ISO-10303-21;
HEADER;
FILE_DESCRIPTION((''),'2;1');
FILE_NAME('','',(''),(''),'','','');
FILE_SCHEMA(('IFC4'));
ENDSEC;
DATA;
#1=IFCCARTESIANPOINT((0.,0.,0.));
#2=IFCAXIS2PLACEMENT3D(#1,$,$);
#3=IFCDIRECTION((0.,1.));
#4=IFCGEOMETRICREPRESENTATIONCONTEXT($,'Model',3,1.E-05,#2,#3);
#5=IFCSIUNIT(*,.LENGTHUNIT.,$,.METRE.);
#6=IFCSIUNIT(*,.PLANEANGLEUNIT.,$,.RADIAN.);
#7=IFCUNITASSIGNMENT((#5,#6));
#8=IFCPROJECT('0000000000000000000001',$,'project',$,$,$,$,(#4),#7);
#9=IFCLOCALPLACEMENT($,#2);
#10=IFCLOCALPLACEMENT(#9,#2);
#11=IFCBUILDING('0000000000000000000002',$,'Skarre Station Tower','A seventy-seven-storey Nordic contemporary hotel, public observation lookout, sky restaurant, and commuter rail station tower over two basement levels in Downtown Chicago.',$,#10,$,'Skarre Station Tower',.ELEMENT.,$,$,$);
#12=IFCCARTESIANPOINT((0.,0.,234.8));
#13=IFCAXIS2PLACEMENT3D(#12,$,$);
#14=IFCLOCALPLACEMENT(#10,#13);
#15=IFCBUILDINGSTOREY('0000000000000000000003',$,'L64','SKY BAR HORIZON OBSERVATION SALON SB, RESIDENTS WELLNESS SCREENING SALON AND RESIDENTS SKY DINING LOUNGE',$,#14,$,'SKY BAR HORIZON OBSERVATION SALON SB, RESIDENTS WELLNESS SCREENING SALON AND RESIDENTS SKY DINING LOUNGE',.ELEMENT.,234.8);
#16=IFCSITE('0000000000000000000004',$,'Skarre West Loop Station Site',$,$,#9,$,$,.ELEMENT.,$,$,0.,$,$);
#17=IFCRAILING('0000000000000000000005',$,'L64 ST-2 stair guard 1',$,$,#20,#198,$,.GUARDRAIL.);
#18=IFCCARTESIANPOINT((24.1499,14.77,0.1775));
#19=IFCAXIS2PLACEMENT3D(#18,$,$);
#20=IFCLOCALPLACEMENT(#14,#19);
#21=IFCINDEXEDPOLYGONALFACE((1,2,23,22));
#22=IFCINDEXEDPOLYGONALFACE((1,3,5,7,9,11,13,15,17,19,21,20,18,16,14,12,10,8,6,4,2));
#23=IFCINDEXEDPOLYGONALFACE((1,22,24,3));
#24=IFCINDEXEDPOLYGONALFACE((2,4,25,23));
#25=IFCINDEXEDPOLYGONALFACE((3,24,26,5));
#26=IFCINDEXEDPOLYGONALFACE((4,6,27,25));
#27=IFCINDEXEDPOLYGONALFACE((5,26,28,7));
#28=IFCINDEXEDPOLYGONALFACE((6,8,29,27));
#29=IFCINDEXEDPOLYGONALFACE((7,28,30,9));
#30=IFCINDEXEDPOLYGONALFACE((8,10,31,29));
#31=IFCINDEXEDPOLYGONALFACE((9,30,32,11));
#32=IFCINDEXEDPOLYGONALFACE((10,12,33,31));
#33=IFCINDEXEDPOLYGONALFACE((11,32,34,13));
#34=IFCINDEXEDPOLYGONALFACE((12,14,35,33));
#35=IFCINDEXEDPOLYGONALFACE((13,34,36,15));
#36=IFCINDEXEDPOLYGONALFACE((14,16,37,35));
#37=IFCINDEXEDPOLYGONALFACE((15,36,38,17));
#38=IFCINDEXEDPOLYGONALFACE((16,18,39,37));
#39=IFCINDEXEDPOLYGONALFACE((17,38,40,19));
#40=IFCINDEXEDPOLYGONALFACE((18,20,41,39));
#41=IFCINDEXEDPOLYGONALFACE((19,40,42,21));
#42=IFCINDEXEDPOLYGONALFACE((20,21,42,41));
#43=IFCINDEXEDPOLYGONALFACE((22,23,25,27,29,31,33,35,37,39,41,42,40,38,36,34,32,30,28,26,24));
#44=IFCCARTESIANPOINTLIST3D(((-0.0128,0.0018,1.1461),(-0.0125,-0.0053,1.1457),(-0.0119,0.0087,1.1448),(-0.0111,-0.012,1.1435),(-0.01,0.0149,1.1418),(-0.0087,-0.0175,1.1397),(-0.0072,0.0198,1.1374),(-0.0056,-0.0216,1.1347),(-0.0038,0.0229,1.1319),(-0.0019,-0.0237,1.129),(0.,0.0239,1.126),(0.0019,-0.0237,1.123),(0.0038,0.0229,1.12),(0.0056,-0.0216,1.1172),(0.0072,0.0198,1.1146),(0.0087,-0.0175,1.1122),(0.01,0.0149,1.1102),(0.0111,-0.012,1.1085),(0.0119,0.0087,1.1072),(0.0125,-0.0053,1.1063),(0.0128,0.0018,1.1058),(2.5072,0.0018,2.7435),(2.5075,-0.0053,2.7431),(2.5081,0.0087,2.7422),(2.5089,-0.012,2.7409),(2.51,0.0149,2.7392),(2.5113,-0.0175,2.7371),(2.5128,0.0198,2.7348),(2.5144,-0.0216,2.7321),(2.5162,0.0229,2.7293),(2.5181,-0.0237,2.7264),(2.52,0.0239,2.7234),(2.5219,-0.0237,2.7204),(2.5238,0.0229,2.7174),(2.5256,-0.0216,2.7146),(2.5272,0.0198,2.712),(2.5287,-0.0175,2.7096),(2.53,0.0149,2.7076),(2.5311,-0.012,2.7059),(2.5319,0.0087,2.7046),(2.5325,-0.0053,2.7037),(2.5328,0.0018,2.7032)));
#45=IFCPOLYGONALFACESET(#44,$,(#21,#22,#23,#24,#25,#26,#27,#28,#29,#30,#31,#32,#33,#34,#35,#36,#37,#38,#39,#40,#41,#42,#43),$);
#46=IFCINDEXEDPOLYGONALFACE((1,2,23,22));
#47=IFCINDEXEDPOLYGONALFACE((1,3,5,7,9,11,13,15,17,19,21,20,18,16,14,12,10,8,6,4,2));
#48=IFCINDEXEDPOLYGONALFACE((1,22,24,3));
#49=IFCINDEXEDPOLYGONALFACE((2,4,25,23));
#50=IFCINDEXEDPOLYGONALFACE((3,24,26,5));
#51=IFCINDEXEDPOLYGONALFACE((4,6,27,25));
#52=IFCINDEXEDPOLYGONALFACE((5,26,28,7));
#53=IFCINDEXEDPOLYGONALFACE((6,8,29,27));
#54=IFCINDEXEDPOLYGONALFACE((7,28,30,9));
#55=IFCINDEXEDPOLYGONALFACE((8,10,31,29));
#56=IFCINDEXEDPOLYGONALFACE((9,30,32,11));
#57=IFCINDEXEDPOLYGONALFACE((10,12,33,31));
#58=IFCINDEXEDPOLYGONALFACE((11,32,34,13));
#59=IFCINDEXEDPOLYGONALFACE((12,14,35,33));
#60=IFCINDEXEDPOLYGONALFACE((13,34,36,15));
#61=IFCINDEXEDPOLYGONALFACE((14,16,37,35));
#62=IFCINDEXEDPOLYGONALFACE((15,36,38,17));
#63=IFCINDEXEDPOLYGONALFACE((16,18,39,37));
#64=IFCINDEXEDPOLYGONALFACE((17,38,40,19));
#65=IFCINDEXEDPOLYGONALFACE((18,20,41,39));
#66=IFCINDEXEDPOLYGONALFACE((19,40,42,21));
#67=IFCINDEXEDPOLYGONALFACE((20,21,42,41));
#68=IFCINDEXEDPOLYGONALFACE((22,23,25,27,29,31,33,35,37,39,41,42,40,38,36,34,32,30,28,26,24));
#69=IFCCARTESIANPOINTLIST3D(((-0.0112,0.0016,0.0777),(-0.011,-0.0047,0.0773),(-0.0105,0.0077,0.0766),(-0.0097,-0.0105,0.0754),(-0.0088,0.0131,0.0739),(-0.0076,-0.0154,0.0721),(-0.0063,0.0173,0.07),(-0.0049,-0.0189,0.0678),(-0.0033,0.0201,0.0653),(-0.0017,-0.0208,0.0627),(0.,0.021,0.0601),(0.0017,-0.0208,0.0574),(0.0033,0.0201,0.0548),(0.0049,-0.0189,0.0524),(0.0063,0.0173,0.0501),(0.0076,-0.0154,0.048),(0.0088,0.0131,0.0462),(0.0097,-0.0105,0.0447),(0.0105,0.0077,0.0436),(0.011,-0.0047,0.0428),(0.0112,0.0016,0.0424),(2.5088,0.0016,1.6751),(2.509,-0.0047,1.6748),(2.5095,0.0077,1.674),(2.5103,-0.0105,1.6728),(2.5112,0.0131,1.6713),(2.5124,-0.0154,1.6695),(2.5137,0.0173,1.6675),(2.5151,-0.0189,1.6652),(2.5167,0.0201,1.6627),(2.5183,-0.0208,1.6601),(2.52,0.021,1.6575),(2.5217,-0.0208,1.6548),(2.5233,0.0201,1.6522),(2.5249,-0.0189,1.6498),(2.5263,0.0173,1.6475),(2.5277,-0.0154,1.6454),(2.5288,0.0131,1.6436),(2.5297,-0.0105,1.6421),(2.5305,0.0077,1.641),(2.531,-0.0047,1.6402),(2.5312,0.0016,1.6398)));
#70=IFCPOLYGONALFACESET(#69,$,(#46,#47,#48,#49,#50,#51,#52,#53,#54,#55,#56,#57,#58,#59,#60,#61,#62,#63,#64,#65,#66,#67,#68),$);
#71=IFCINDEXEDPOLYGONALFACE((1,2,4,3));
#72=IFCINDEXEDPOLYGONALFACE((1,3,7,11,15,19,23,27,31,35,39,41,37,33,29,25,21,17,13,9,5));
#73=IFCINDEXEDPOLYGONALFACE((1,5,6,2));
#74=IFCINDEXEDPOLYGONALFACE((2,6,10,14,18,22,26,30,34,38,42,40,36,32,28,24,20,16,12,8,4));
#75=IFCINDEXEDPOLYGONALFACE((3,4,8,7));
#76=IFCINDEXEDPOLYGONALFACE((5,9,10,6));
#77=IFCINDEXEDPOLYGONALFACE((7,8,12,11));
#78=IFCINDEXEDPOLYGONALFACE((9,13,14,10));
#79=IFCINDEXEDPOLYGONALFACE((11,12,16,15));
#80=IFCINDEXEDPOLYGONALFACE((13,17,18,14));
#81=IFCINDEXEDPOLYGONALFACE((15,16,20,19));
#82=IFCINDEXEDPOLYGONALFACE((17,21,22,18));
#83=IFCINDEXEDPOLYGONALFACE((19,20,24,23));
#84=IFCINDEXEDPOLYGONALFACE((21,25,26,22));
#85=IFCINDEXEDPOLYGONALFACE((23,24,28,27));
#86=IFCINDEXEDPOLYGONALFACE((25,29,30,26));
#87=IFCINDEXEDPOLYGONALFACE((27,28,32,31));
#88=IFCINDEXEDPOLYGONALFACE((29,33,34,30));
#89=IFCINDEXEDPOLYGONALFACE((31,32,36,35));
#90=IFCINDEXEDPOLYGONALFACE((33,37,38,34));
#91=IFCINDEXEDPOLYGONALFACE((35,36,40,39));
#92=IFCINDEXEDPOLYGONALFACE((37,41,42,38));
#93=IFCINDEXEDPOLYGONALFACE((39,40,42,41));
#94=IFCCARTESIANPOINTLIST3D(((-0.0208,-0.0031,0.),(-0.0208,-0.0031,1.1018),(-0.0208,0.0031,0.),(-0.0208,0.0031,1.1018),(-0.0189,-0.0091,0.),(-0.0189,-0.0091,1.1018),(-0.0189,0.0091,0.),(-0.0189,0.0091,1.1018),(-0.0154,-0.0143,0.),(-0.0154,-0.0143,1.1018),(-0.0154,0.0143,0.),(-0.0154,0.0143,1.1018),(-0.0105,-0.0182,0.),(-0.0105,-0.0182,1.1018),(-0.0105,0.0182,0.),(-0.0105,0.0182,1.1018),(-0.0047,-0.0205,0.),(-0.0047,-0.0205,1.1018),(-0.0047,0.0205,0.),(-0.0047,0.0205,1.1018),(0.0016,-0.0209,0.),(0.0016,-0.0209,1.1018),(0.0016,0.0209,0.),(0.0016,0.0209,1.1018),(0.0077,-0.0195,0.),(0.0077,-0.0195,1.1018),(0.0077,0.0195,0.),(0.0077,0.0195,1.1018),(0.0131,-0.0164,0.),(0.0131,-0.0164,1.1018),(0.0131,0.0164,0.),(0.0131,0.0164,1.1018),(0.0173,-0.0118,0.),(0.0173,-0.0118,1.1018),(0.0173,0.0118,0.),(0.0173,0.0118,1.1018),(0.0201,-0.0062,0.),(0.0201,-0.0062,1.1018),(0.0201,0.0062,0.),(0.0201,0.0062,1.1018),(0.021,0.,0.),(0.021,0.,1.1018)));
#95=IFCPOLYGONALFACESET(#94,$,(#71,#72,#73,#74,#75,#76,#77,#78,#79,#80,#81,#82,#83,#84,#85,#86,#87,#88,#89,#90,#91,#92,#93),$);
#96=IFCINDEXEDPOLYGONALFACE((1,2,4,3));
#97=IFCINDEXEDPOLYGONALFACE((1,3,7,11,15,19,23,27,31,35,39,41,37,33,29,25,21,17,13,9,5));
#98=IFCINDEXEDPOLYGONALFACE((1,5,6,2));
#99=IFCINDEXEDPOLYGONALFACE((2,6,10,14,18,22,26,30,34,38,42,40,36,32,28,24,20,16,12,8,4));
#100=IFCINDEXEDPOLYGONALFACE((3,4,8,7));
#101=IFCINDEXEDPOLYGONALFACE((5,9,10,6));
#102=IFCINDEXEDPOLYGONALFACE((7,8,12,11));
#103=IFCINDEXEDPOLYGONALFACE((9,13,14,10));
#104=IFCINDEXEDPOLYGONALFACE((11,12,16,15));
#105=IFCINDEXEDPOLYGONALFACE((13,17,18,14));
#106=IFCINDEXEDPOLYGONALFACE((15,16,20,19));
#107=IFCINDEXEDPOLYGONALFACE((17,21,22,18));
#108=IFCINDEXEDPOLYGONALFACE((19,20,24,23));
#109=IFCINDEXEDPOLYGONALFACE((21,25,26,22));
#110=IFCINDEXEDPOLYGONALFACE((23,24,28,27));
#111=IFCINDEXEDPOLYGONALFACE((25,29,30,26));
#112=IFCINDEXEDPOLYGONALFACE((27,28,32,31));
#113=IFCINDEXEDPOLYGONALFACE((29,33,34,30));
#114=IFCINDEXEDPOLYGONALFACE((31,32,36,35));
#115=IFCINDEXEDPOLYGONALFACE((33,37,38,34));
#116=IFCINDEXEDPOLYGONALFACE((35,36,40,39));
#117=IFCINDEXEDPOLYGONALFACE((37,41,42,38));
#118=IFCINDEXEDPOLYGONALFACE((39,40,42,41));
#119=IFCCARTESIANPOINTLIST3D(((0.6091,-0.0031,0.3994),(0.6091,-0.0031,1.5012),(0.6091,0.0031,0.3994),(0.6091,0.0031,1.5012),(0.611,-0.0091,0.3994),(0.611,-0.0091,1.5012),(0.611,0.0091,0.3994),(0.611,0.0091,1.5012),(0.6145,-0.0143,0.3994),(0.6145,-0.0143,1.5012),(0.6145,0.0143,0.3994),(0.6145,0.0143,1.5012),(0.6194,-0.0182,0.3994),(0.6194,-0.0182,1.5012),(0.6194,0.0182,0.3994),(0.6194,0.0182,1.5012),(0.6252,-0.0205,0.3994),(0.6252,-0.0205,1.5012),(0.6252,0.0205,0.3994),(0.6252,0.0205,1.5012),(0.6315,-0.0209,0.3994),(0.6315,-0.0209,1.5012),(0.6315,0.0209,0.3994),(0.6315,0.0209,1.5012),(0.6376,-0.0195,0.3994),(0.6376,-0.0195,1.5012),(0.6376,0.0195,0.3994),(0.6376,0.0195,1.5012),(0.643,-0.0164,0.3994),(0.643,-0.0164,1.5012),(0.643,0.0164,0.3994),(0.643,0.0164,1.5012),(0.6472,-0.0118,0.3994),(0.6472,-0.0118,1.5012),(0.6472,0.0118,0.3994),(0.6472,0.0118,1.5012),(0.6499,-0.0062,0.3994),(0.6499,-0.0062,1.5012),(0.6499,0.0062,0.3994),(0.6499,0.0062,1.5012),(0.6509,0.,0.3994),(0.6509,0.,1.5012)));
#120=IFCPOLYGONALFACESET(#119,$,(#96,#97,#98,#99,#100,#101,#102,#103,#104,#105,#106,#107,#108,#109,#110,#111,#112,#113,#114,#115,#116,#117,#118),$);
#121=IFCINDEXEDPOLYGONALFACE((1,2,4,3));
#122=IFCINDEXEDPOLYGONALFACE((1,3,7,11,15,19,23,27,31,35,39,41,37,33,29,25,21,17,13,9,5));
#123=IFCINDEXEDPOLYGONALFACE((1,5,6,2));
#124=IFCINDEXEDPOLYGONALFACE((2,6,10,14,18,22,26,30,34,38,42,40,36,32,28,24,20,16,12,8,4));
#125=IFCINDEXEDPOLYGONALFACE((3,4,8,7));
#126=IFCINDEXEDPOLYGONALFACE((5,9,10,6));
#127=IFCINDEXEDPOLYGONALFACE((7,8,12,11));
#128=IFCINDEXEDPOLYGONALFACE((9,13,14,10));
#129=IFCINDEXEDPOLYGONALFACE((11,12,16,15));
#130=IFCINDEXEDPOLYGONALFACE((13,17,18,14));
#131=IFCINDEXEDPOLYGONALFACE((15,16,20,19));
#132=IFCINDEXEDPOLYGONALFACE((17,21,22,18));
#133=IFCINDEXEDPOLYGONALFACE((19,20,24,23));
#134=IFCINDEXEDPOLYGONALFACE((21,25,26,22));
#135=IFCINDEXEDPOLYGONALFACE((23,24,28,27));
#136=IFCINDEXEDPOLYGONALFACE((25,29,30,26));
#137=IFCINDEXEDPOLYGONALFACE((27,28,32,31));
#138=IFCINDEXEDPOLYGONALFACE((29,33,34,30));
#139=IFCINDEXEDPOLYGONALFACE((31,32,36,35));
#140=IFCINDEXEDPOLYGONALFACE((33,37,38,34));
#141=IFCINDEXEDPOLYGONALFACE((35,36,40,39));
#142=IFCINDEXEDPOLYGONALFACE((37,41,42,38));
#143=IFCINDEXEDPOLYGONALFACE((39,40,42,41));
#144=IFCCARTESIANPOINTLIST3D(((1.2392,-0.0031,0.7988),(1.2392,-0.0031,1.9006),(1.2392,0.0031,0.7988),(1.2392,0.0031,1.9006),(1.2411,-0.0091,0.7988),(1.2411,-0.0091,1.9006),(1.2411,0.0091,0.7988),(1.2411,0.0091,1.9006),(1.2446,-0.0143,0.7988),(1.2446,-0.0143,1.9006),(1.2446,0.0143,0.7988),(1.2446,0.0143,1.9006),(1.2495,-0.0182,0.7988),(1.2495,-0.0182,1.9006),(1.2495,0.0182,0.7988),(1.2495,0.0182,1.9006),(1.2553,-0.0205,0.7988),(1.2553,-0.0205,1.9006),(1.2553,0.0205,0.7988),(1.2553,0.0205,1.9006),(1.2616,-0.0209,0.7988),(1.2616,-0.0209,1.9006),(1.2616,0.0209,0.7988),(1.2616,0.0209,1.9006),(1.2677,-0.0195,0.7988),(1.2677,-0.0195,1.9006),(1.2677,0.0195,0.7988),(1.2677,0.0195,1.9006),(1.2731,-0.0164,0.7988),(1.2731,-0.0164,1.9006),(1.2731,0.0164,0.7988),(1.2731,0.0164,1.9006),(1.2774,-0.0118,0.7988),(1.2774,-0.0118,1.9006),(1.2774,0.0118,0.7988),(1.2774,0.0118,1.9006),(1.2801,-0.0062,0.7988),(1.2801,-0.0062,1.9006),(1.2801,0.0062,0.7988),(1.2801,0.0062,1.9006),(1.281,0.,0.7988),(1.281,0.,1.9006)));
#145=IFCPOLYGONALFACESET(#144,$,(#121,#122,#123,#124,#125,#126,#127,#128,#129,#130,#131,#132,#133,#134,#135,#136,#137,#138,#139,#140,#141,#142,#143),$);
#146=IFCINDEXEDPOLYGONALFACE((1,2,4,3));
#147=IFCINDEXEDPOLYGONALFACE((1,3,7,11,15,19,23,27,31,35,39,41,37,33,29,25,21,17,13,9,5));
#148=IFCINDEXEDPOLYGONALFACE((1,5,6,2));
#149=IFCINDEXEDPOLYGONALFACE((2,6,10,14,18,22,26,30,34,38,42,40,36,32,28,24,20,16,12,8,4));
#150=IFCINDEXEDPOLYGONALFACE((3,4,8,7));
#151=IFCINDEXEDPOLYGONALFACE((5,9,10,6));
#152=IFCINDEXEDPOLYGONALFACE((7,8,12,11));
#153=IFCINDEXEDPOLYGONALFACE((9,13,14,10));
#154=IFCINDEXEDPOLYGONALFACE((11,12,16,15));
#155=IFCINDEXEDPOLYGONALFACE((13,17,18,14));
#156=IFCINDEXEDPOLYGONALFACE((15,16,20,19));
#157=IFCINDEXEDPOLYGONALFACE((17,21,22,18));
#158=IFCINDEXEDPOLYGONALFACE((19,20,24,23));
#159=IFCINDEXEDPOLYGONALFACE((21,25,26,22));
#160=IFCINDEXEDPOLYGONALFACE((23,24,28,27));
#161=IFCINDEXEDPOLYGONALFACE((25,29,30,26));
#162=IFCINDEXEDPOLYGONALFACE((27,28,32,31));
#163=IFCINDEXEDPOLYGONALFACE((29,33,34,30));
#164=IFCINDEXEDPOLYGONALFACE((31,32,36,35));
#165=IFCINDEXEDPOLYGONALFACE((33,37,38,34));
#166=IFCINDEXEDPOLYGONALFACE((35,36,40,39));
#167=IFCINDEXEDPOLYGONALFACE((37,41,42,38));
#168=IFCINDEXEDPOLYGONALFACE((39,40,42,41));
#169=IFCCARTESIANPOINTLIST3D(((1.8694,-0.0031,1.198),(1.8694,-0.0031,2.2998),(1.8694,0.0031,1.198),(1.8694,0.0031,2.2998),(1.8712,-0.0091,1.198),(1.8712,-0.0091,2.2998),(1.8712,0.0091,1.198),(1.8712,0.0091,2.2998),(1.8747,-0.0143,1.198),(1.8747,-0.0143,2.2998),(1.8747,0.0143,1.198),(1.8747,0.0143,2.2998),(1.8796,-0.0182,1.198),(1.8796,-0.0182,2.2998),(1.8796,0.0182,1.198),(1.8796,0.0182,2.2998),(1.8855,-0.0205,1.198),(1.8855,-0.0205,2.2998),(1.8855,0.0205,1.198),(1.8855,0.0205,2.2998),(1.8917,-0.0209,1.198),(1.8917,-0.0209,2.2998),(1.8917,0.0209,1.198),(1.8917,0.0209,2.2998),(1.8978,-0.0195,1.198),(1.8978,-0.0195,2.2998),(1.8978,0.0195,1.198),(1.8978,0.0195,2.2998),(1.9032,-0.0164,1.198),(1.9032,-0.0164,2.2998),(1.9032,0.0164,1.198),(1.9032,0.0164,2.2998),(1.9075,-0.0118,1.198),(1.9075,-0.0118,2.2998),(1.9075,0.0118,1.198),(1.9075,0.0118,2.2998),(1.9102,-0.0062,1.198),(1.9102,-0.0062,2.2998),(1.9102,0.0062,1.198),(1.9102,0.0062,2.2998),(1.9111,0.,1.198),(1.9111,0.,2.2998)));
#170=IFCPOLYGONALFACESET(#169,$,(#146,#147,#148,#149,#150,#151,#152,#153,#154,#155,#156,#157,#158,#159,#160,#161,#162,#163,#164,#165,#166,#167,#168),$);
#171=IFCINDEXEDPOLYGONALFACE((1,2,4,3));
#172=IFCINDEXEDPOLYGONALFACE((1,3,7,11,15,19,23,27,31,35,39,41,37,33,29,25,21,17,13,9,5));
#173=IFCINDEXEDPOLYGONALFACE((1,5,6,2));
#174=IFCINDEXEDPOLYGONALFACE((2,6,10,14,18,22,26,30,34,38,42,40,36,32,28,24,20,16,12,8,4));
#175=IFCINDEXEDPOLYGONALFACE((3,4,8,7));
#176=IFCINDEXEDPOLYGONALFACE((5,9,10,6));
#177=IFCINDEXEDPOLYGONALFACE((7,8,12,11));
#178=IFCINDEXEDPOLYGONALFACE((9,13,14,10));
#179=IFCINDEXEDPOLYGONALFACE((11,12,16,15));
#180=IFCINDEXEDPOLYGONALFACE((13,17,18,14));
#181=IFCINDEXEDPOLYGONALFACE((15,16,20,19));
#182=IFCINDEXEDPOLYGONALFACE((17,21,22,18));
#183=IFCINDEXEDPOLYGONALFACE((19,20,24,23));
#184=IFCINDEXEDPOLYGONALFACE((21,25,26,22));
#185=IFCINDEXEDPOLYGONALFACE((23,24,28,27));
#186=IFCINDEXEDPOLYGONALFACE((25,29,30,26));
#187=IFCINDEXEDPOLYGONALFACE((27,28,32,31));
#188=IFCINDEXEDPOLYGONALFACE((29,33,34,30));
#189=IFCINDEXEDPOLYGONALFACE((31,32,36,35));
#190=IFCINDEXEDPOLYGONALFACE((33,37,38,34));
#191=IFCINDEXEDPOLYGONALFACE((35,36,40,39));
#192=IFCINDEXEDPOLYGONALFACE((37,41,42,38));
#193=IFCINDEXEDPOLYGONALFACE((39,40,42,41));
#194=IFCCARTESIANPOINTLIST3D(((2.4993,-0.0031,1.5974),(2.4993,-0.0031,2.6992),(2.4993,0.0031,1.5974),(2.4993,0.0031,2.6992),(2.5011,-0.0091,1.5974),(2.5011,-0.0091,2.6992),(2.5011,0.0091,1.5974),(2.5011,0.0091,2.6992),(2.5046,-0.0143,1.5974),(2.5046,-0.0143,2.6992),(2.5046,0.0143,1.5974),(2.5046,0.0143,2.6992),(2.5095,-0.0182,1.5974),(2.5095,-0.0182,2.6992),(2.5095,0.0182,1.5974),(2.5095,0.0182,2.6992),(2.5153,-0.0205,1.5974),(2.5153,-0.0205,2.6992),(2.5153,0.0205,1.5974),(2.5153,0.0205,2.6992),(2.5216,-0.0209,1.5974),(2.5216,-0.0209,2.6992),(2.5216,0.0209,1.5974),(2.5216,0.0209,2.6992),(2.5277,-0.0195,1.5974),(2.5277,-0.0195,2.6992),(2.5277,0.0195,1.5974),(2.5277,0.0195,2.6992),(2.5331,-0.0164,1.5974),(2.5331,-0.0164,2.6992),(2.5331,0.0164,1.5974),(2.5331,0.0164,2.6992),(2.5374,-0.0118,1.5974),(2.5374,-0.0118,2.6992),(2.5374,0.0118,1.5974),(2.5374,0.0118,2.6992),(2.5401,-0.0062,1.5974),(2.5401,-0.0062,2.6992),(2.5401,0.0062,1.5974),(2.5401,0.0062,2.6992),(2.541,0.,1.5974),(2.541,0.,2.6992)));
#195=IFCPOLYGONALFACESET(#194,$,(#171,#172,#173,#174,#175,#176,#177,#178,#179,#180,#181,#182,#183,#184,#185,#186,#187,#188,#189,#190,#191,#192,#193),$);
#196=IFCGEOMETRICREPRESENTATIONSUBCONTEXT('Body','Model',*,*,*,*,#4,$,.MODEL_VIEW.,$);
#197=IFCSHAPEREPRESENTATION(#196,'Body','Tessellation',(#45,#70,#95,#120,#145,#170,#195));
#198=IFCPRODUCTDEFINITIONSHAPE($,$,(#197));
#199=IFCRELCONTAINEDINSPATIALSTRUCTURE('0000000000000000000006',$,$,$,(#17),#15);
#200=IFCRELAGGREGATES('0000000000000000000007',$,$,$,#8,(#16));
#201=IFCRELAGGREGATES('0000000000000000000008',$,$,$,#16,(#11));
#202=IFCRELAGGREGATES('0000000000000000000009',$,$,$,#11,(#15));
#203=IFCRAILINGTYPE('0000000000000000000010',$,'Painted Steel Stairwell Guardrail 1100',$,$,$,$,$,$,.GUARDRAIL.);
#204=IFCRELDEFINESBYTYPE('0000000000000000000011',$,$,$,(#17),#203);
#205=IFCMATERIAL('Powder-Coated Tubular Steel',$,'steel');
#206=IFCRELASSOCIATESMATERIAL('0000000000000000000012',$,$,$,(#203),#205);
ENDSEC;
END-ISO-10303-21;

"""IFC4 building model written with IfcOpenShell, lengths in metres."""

from ifc_helpers import new_model, si_unit, direction, frame, origin, origin_2d, place, context, subcontext, project, spatial, circle, extrude, material, type_object, element, save


model = new_model("IFC4")

# Units and contexts
model_context = context("Model", 3, precision=1e-05, world=origin(), true_north=direction((0.0, 1.0)))
body_context = subcontext(model_context, "Body", "Model", "MODEL_VIEW")
ifc_project = project(units=[si_unit("LENGTHUNIT", "METRE"), si_unit("PLANEANGLEUNIT", "RADIAN")], contexts=[model_context])

# Site, building, storey
site_placement = place(None, origin())
site = spatial("IfcSite", under=ifc_project, at=site_placement, Name="Skarre West Loop Station Site", CompositionType="ELEMENT", RefElevation=0.0)
building_placement = place(site_placement, origin())
building = spatial("IfcBuilding", under=site, at=building_placement, Name="Skarre Station Tower", Description="A seventy-seven-storey Nordic contemporary hotel, public observation lookout, sky restaurant, and commuter rail station tower over two basement levels in Downtown Chicago.", LongName="Skarre Station Tower", CompositionType="ELEMENT")
storey_placement = place(building_placement, frame((0.0, 0.0, 234.8)))
storey = spatial("IfcBuildingStorey", under=building, at=storey_placement, Name="L64", Description="SKY BAR HORIZON OBSERVATION SALON SB, RESIDENTS WELLNESS SCREENING SALON AND RESIDENTS SKY DINING LOUNGE", LongName="SKY BAR HORIZON OBSERVATION SALON SB, RESIDENTS WELLNESS SCREENING SALON AND RESIDENTS SKY DINING LOUNGE", CompositionType="ELEMENT", Elevation=234.8)

# Railing
ifc_material_1 = material(Name="Powder-Coated Tubular Steel", Category="steel")
railing_type_1 = type_object("IfcRailingType", Name="Painted Steel Stairwell Guardrail 1100", PredefinedType="GUARDRAIL", material=ifc_material_1)
railing_1_placement = place(storey_placement, frame((24.1499, 14.77, 0.1775)))
element("IfcRailing", 1, at=railing_1_placement, inside=storey, type_object=railing_type_1, Name="L64 ST-2 stair guard 1", PredefinedType="GUARDRAIL", context=body_context, shape_type="SweptSolid", body=[
    extrude(circle(Radius=0.0239, at=origin_2d()), frame((0.0, 0.0, 1.126), z_axis=(0.844607, 0.0, 0.535387), x_axis=(0.0, 1.0, 0.0)), (0.0, 0.0, 1.0), 2.9836),
    extrude(circle(Radius=0.021, at=origin_2d()), frame((0.0, 0.0, 0.0601), z_axis=(0.844607, 0.0, 0.535387), x_axis=(0.0, 1.0, 0.0)), (0.0, 0.0, 1.0), 2.9836),
    extrude(circle(Radius=0.021, at=origin_2d()), origin(), (0.0, 0.0, 1.0), 1.1018),
    extrude(circle(Radius=0.021, at=origin_2d()), frame((0.6299, 0.0, 0.3994)), (0.0, 0.0, 1.0), 1.1018),
    extrude(circle(Radius=0.021, at=origin_2d()), frame((1.26, 0.0, 0.7988)), (0.0, 0.0, 1.0), 1.1018),
    extrude(circle(Radius=0.021, at=origin_2d()), frame((1.8901, 0.0, 1.198)), (0.0, 0.0, 1.0), 1.1018),
    extrude(circle(Radius=0.021, at=origin_2d()), frame((2.52, 0.0, 1.5974)), (0.0, 0.0, 1.0), 1.1018),
])

save(model, "model.ifc")
